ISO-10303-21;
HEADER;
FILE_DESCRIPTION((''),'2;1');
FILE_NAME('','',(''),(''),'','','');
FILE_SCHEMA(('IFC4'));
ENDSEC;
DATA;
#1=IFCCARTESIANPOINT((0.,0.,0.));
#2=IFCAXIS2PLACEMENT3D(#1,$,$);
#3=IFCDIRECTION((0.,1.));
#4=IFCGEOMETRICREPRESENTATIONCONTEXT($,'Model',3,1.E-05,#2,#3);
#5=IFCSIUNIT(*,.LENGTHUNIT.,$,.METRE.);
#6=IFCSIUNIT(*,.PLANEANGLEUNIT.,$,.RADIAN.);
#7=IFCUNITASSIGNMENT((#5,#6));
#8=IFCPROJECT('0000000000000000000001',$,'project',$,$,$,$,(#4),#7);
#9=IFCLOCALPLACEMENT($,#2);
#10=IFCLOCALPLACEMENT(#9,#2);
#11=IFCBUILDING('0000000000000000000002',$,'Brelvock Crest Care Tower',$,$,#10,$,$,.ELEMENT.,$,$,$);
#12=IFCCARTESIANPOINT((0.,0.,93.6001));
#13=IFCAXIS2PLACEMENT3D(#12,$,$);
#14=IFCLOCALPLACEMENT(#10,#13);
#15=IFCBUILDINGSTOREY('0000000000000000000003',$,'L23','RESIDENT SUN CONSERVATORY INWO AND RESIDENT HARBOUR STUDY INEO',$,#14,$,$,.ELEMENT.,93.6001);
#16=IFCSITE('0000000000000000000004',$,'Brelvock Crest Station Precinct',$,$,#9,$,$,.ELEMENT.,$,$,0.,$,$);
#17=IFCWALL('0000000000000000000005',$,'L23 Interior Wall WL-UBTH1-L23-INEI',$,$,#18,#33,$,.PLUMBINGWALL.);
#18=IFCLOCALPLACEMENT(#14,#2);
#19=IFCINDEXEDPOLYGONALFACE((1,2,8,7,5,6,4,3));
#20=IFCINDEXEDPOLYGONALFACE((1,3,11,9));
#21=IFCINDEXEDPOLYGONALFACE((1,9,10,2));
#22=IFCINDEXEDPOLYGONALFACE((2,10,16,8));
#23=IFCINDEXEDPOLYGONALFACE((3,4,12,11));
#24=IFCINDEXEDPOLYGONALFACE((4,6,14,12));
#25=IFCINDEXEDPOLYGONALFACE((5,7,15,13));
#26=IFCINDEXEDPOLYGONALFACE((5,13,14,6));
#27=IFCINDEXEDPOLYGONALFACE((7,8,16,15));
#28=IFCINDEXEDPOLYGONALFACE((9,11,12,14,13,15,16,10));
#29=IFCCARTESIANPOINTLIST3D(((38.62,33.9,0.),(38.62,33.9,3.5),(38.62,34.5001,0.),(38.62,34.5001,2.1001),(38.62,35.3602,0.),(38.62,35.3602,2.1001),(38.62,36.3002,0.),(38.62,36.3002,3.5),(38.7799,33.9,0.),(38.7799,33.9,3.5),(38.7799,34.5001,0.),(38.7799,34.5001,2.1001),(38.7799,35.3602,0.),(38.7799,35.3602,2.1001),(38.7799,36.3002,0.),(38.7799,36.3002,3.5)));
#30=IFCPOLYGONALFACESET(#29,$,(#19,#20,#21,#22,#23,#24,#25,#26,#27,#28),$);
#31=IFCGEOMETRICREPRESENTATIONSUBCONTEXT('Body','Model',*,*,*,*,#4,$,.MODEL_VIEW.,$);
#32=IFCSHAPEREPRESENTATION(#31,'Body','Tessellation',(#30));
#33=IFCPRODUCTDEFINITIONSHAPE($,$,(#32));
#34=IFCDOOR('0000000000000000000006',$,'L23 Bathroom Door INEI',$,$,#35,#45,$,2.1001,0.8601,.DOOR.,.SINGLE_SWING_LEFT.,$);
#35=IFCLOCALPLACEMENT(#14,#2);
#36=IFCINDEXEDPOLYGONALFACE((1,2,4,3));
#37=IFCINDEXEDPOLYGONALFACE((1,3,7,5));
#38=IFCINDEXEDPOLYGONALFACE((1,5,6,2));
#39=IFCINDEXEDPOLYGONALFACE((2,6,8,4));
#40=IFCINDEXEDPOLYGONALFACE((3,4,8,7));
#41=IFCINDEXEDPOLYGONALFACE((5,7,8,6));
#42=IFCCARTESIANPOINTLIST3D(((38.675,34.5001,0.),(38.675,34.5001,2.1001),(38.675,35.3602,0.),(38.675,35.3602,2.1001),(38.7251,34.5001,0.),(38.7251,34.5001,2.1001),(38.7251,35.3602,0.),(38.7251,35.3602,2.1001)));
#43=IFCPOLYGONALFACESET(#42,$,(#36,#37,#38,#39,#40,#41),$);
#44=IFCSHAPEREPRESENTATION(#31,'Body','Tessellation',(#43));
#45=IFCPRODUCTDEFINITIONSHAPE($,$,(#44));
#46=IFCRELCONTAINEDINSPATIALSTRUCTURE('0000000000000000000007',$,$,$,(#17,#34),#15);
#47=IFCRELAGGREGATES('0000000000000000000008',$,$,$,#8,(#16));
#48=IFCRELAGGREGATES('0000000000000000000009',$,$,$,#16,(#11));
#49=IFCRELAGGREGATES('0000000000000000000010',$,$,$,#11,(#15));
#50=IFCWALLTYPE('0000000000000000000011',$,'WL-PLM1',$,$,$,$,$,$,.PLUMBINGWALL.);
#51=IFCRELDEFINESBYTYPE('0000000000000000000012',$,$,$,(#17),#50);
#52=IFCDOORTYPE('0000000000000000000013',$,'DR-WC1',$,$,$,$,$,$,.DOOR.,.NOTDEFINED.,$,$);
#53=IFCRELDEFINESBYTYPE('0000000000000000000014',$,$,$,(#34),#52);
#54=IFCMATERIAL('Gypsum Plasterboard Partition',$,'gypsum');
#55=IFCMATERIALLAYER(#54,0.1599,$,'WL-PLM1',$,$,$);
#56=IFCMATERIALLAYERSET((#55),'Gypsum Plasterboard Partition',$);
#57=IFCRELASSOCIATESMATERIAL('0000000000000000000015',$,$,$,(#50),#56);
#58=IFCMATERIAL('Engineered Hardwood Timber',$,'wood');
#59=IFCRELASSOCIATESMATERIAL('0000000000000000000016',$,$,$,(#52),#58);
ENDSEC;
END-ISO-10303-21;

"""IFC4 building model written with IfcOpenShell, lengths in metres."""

from ifc_helpers import new_model, si_unit, direction, frame, frame_2d, origin, origin_2d, place, context, subcontext, project, spatial, rectangle, extrude, source, transform, mapped, material, layer, layer_set, type_object, element, fill, save


model = new_model("IFC4")

# Units and contexts
model_context = context("Model", 3, precision=1e-05, world=origin(), true_north=direction((0.0, 1.0)))
body_context = subcontext(model_context, "Body", "Model", "MODEL_VIEW")
ifc_project = project(units=[si_unit("LENGTHUNIT", "METRE"), si_unit("PLANEANGLEUNIT", "RADIAN")], contexts=[model_context])

# Site, building, storey
site_placement = place(None, origin())
site = spatial("IfcSite", under=ifc_project, at=site_placement, Name="Brelvock Crest Station Precinct", CompositionType="ELEMENT", RefElevation=0.0)
building_placement = place(site_placement, origin())
building = spatial("IfcBuilding", under=site, at=building_placement, Name="Brelvock Crest Care Tower", CompositionType="ELEMENT")
storey_placement = place(building_placement, frame((0.0, 0.0, 93.6001)))
storey = spatial("IfcBuildingStorey", under=building, at=storey_placement, Name="L23", Description="RESIDENT SUN CONSERVATORY INWO AND RESIDENT HARBOUR STUDY INEO", CompositionType="ELEMENT", Elevation=93.6001)

# Shared definitions
ifc_material_1 = material(Name="Gypsum Plasterboard Partition", Category="gypsum")
ifc_layer_1 = layer(ifc_material_1, 0.1599, Name="WL-PLM1")
ifc_layer_set_1 = layer_set([ifc_layer_1], Name="Gypsum Plasterboard Partition")
wall_type_1 = type_object("IfcWallType", Name="WL-PLM1", PredefinedType="PLUMBINGWALL", material=ifc_layer_set_1)
ifc_material_2 = material(Name="Engineered Hardwood Timber", Category="wood")
door_type = type_object("IfcDoorType", Name="DR-WC1", OperationType="NOTDEFINED", PredefinedType="DOOR", material=ifc_material_2)
shared_shape_1 = source(origin(), body_context, "Body", "SweptSolid", [
    extrude(rectangle(XDim=0.8601, YDim=2.1001, at=origin_2d()), frame((0.4302, 0.0249, 1.05), z_axis=(0.0, -1.0, 0.0), x_axis=(1.0, 0.0, 0.0)), (0.0, 0.0, 1.0), 0.05),
])

# Wall, opening, door
wall_1_placement = place(storey_placement, frame((38.7, 33.8999, 0.0), z_axis=(0.0, 0.0, 1.0), x_axis=(0.0, 1.0, 0.0)))
wall_1 = element("IfcWall", 1, at=wall_1_placement, inside=storey, type_object=wall_type_1, Name="L23 Interior Wall WL-UBTH1-L23-INEI", PredefinedType="PLUMBINGWALL", context=body_context, shape_type="SweptSolid", body=[
    extrude(rectangle(XDim=2.4001, YDim=0.1599, at=frame_2d((1.2002, 0.0))), origin(), (0.0, 0.0, 1.0), 3.5),
])
opening_1_placement = place(wall_1_placement, frame((0.6001, 0.0, 0.0)))
opening_1 = element("IfcOpeningElement", 2, at=opening_1_placement, cuts=wall_1, PredefinedType="OPENING", context=body_context, shape_type="SweptSolid", body=[
    extrude(rectangle(XDim=0.8601, YDim=2.1001, at=origin_2d()), frame((0.4302, 0.0898, 1.05), z_axis=(0.0, -1.0, 0.0), x_axis=(1.0, 0.0, 0.0)), (0.0, 0.0, 1.0), 0.1799),
])
door_1_placement = place(opening_1_placement, origin())
door_1 = element("IfcDoor", 3, at=door_1_placement, inside=storey, type_object=door_type, Name="L23 Bathroom Door INEI", OperationType="SINGLE_SWING_LEFT", OverallHeight=2.1001, OverallWidth=0.8601, PredefinedType="DOOR", context=body_context, shape_type="MappedRepresentation", body=[
    mapped(shared_shape_1, transform((0.0, 0.0, 0.0), x_axis=(1.0, 0.0, 0.0), y_axis=(0.0, 1.0, 0.0), z_axis=(0.0, 0.0, 1.0), scale=1.0)),
])
fill(opening_1, door_1)

save(model, "model.ifc")
